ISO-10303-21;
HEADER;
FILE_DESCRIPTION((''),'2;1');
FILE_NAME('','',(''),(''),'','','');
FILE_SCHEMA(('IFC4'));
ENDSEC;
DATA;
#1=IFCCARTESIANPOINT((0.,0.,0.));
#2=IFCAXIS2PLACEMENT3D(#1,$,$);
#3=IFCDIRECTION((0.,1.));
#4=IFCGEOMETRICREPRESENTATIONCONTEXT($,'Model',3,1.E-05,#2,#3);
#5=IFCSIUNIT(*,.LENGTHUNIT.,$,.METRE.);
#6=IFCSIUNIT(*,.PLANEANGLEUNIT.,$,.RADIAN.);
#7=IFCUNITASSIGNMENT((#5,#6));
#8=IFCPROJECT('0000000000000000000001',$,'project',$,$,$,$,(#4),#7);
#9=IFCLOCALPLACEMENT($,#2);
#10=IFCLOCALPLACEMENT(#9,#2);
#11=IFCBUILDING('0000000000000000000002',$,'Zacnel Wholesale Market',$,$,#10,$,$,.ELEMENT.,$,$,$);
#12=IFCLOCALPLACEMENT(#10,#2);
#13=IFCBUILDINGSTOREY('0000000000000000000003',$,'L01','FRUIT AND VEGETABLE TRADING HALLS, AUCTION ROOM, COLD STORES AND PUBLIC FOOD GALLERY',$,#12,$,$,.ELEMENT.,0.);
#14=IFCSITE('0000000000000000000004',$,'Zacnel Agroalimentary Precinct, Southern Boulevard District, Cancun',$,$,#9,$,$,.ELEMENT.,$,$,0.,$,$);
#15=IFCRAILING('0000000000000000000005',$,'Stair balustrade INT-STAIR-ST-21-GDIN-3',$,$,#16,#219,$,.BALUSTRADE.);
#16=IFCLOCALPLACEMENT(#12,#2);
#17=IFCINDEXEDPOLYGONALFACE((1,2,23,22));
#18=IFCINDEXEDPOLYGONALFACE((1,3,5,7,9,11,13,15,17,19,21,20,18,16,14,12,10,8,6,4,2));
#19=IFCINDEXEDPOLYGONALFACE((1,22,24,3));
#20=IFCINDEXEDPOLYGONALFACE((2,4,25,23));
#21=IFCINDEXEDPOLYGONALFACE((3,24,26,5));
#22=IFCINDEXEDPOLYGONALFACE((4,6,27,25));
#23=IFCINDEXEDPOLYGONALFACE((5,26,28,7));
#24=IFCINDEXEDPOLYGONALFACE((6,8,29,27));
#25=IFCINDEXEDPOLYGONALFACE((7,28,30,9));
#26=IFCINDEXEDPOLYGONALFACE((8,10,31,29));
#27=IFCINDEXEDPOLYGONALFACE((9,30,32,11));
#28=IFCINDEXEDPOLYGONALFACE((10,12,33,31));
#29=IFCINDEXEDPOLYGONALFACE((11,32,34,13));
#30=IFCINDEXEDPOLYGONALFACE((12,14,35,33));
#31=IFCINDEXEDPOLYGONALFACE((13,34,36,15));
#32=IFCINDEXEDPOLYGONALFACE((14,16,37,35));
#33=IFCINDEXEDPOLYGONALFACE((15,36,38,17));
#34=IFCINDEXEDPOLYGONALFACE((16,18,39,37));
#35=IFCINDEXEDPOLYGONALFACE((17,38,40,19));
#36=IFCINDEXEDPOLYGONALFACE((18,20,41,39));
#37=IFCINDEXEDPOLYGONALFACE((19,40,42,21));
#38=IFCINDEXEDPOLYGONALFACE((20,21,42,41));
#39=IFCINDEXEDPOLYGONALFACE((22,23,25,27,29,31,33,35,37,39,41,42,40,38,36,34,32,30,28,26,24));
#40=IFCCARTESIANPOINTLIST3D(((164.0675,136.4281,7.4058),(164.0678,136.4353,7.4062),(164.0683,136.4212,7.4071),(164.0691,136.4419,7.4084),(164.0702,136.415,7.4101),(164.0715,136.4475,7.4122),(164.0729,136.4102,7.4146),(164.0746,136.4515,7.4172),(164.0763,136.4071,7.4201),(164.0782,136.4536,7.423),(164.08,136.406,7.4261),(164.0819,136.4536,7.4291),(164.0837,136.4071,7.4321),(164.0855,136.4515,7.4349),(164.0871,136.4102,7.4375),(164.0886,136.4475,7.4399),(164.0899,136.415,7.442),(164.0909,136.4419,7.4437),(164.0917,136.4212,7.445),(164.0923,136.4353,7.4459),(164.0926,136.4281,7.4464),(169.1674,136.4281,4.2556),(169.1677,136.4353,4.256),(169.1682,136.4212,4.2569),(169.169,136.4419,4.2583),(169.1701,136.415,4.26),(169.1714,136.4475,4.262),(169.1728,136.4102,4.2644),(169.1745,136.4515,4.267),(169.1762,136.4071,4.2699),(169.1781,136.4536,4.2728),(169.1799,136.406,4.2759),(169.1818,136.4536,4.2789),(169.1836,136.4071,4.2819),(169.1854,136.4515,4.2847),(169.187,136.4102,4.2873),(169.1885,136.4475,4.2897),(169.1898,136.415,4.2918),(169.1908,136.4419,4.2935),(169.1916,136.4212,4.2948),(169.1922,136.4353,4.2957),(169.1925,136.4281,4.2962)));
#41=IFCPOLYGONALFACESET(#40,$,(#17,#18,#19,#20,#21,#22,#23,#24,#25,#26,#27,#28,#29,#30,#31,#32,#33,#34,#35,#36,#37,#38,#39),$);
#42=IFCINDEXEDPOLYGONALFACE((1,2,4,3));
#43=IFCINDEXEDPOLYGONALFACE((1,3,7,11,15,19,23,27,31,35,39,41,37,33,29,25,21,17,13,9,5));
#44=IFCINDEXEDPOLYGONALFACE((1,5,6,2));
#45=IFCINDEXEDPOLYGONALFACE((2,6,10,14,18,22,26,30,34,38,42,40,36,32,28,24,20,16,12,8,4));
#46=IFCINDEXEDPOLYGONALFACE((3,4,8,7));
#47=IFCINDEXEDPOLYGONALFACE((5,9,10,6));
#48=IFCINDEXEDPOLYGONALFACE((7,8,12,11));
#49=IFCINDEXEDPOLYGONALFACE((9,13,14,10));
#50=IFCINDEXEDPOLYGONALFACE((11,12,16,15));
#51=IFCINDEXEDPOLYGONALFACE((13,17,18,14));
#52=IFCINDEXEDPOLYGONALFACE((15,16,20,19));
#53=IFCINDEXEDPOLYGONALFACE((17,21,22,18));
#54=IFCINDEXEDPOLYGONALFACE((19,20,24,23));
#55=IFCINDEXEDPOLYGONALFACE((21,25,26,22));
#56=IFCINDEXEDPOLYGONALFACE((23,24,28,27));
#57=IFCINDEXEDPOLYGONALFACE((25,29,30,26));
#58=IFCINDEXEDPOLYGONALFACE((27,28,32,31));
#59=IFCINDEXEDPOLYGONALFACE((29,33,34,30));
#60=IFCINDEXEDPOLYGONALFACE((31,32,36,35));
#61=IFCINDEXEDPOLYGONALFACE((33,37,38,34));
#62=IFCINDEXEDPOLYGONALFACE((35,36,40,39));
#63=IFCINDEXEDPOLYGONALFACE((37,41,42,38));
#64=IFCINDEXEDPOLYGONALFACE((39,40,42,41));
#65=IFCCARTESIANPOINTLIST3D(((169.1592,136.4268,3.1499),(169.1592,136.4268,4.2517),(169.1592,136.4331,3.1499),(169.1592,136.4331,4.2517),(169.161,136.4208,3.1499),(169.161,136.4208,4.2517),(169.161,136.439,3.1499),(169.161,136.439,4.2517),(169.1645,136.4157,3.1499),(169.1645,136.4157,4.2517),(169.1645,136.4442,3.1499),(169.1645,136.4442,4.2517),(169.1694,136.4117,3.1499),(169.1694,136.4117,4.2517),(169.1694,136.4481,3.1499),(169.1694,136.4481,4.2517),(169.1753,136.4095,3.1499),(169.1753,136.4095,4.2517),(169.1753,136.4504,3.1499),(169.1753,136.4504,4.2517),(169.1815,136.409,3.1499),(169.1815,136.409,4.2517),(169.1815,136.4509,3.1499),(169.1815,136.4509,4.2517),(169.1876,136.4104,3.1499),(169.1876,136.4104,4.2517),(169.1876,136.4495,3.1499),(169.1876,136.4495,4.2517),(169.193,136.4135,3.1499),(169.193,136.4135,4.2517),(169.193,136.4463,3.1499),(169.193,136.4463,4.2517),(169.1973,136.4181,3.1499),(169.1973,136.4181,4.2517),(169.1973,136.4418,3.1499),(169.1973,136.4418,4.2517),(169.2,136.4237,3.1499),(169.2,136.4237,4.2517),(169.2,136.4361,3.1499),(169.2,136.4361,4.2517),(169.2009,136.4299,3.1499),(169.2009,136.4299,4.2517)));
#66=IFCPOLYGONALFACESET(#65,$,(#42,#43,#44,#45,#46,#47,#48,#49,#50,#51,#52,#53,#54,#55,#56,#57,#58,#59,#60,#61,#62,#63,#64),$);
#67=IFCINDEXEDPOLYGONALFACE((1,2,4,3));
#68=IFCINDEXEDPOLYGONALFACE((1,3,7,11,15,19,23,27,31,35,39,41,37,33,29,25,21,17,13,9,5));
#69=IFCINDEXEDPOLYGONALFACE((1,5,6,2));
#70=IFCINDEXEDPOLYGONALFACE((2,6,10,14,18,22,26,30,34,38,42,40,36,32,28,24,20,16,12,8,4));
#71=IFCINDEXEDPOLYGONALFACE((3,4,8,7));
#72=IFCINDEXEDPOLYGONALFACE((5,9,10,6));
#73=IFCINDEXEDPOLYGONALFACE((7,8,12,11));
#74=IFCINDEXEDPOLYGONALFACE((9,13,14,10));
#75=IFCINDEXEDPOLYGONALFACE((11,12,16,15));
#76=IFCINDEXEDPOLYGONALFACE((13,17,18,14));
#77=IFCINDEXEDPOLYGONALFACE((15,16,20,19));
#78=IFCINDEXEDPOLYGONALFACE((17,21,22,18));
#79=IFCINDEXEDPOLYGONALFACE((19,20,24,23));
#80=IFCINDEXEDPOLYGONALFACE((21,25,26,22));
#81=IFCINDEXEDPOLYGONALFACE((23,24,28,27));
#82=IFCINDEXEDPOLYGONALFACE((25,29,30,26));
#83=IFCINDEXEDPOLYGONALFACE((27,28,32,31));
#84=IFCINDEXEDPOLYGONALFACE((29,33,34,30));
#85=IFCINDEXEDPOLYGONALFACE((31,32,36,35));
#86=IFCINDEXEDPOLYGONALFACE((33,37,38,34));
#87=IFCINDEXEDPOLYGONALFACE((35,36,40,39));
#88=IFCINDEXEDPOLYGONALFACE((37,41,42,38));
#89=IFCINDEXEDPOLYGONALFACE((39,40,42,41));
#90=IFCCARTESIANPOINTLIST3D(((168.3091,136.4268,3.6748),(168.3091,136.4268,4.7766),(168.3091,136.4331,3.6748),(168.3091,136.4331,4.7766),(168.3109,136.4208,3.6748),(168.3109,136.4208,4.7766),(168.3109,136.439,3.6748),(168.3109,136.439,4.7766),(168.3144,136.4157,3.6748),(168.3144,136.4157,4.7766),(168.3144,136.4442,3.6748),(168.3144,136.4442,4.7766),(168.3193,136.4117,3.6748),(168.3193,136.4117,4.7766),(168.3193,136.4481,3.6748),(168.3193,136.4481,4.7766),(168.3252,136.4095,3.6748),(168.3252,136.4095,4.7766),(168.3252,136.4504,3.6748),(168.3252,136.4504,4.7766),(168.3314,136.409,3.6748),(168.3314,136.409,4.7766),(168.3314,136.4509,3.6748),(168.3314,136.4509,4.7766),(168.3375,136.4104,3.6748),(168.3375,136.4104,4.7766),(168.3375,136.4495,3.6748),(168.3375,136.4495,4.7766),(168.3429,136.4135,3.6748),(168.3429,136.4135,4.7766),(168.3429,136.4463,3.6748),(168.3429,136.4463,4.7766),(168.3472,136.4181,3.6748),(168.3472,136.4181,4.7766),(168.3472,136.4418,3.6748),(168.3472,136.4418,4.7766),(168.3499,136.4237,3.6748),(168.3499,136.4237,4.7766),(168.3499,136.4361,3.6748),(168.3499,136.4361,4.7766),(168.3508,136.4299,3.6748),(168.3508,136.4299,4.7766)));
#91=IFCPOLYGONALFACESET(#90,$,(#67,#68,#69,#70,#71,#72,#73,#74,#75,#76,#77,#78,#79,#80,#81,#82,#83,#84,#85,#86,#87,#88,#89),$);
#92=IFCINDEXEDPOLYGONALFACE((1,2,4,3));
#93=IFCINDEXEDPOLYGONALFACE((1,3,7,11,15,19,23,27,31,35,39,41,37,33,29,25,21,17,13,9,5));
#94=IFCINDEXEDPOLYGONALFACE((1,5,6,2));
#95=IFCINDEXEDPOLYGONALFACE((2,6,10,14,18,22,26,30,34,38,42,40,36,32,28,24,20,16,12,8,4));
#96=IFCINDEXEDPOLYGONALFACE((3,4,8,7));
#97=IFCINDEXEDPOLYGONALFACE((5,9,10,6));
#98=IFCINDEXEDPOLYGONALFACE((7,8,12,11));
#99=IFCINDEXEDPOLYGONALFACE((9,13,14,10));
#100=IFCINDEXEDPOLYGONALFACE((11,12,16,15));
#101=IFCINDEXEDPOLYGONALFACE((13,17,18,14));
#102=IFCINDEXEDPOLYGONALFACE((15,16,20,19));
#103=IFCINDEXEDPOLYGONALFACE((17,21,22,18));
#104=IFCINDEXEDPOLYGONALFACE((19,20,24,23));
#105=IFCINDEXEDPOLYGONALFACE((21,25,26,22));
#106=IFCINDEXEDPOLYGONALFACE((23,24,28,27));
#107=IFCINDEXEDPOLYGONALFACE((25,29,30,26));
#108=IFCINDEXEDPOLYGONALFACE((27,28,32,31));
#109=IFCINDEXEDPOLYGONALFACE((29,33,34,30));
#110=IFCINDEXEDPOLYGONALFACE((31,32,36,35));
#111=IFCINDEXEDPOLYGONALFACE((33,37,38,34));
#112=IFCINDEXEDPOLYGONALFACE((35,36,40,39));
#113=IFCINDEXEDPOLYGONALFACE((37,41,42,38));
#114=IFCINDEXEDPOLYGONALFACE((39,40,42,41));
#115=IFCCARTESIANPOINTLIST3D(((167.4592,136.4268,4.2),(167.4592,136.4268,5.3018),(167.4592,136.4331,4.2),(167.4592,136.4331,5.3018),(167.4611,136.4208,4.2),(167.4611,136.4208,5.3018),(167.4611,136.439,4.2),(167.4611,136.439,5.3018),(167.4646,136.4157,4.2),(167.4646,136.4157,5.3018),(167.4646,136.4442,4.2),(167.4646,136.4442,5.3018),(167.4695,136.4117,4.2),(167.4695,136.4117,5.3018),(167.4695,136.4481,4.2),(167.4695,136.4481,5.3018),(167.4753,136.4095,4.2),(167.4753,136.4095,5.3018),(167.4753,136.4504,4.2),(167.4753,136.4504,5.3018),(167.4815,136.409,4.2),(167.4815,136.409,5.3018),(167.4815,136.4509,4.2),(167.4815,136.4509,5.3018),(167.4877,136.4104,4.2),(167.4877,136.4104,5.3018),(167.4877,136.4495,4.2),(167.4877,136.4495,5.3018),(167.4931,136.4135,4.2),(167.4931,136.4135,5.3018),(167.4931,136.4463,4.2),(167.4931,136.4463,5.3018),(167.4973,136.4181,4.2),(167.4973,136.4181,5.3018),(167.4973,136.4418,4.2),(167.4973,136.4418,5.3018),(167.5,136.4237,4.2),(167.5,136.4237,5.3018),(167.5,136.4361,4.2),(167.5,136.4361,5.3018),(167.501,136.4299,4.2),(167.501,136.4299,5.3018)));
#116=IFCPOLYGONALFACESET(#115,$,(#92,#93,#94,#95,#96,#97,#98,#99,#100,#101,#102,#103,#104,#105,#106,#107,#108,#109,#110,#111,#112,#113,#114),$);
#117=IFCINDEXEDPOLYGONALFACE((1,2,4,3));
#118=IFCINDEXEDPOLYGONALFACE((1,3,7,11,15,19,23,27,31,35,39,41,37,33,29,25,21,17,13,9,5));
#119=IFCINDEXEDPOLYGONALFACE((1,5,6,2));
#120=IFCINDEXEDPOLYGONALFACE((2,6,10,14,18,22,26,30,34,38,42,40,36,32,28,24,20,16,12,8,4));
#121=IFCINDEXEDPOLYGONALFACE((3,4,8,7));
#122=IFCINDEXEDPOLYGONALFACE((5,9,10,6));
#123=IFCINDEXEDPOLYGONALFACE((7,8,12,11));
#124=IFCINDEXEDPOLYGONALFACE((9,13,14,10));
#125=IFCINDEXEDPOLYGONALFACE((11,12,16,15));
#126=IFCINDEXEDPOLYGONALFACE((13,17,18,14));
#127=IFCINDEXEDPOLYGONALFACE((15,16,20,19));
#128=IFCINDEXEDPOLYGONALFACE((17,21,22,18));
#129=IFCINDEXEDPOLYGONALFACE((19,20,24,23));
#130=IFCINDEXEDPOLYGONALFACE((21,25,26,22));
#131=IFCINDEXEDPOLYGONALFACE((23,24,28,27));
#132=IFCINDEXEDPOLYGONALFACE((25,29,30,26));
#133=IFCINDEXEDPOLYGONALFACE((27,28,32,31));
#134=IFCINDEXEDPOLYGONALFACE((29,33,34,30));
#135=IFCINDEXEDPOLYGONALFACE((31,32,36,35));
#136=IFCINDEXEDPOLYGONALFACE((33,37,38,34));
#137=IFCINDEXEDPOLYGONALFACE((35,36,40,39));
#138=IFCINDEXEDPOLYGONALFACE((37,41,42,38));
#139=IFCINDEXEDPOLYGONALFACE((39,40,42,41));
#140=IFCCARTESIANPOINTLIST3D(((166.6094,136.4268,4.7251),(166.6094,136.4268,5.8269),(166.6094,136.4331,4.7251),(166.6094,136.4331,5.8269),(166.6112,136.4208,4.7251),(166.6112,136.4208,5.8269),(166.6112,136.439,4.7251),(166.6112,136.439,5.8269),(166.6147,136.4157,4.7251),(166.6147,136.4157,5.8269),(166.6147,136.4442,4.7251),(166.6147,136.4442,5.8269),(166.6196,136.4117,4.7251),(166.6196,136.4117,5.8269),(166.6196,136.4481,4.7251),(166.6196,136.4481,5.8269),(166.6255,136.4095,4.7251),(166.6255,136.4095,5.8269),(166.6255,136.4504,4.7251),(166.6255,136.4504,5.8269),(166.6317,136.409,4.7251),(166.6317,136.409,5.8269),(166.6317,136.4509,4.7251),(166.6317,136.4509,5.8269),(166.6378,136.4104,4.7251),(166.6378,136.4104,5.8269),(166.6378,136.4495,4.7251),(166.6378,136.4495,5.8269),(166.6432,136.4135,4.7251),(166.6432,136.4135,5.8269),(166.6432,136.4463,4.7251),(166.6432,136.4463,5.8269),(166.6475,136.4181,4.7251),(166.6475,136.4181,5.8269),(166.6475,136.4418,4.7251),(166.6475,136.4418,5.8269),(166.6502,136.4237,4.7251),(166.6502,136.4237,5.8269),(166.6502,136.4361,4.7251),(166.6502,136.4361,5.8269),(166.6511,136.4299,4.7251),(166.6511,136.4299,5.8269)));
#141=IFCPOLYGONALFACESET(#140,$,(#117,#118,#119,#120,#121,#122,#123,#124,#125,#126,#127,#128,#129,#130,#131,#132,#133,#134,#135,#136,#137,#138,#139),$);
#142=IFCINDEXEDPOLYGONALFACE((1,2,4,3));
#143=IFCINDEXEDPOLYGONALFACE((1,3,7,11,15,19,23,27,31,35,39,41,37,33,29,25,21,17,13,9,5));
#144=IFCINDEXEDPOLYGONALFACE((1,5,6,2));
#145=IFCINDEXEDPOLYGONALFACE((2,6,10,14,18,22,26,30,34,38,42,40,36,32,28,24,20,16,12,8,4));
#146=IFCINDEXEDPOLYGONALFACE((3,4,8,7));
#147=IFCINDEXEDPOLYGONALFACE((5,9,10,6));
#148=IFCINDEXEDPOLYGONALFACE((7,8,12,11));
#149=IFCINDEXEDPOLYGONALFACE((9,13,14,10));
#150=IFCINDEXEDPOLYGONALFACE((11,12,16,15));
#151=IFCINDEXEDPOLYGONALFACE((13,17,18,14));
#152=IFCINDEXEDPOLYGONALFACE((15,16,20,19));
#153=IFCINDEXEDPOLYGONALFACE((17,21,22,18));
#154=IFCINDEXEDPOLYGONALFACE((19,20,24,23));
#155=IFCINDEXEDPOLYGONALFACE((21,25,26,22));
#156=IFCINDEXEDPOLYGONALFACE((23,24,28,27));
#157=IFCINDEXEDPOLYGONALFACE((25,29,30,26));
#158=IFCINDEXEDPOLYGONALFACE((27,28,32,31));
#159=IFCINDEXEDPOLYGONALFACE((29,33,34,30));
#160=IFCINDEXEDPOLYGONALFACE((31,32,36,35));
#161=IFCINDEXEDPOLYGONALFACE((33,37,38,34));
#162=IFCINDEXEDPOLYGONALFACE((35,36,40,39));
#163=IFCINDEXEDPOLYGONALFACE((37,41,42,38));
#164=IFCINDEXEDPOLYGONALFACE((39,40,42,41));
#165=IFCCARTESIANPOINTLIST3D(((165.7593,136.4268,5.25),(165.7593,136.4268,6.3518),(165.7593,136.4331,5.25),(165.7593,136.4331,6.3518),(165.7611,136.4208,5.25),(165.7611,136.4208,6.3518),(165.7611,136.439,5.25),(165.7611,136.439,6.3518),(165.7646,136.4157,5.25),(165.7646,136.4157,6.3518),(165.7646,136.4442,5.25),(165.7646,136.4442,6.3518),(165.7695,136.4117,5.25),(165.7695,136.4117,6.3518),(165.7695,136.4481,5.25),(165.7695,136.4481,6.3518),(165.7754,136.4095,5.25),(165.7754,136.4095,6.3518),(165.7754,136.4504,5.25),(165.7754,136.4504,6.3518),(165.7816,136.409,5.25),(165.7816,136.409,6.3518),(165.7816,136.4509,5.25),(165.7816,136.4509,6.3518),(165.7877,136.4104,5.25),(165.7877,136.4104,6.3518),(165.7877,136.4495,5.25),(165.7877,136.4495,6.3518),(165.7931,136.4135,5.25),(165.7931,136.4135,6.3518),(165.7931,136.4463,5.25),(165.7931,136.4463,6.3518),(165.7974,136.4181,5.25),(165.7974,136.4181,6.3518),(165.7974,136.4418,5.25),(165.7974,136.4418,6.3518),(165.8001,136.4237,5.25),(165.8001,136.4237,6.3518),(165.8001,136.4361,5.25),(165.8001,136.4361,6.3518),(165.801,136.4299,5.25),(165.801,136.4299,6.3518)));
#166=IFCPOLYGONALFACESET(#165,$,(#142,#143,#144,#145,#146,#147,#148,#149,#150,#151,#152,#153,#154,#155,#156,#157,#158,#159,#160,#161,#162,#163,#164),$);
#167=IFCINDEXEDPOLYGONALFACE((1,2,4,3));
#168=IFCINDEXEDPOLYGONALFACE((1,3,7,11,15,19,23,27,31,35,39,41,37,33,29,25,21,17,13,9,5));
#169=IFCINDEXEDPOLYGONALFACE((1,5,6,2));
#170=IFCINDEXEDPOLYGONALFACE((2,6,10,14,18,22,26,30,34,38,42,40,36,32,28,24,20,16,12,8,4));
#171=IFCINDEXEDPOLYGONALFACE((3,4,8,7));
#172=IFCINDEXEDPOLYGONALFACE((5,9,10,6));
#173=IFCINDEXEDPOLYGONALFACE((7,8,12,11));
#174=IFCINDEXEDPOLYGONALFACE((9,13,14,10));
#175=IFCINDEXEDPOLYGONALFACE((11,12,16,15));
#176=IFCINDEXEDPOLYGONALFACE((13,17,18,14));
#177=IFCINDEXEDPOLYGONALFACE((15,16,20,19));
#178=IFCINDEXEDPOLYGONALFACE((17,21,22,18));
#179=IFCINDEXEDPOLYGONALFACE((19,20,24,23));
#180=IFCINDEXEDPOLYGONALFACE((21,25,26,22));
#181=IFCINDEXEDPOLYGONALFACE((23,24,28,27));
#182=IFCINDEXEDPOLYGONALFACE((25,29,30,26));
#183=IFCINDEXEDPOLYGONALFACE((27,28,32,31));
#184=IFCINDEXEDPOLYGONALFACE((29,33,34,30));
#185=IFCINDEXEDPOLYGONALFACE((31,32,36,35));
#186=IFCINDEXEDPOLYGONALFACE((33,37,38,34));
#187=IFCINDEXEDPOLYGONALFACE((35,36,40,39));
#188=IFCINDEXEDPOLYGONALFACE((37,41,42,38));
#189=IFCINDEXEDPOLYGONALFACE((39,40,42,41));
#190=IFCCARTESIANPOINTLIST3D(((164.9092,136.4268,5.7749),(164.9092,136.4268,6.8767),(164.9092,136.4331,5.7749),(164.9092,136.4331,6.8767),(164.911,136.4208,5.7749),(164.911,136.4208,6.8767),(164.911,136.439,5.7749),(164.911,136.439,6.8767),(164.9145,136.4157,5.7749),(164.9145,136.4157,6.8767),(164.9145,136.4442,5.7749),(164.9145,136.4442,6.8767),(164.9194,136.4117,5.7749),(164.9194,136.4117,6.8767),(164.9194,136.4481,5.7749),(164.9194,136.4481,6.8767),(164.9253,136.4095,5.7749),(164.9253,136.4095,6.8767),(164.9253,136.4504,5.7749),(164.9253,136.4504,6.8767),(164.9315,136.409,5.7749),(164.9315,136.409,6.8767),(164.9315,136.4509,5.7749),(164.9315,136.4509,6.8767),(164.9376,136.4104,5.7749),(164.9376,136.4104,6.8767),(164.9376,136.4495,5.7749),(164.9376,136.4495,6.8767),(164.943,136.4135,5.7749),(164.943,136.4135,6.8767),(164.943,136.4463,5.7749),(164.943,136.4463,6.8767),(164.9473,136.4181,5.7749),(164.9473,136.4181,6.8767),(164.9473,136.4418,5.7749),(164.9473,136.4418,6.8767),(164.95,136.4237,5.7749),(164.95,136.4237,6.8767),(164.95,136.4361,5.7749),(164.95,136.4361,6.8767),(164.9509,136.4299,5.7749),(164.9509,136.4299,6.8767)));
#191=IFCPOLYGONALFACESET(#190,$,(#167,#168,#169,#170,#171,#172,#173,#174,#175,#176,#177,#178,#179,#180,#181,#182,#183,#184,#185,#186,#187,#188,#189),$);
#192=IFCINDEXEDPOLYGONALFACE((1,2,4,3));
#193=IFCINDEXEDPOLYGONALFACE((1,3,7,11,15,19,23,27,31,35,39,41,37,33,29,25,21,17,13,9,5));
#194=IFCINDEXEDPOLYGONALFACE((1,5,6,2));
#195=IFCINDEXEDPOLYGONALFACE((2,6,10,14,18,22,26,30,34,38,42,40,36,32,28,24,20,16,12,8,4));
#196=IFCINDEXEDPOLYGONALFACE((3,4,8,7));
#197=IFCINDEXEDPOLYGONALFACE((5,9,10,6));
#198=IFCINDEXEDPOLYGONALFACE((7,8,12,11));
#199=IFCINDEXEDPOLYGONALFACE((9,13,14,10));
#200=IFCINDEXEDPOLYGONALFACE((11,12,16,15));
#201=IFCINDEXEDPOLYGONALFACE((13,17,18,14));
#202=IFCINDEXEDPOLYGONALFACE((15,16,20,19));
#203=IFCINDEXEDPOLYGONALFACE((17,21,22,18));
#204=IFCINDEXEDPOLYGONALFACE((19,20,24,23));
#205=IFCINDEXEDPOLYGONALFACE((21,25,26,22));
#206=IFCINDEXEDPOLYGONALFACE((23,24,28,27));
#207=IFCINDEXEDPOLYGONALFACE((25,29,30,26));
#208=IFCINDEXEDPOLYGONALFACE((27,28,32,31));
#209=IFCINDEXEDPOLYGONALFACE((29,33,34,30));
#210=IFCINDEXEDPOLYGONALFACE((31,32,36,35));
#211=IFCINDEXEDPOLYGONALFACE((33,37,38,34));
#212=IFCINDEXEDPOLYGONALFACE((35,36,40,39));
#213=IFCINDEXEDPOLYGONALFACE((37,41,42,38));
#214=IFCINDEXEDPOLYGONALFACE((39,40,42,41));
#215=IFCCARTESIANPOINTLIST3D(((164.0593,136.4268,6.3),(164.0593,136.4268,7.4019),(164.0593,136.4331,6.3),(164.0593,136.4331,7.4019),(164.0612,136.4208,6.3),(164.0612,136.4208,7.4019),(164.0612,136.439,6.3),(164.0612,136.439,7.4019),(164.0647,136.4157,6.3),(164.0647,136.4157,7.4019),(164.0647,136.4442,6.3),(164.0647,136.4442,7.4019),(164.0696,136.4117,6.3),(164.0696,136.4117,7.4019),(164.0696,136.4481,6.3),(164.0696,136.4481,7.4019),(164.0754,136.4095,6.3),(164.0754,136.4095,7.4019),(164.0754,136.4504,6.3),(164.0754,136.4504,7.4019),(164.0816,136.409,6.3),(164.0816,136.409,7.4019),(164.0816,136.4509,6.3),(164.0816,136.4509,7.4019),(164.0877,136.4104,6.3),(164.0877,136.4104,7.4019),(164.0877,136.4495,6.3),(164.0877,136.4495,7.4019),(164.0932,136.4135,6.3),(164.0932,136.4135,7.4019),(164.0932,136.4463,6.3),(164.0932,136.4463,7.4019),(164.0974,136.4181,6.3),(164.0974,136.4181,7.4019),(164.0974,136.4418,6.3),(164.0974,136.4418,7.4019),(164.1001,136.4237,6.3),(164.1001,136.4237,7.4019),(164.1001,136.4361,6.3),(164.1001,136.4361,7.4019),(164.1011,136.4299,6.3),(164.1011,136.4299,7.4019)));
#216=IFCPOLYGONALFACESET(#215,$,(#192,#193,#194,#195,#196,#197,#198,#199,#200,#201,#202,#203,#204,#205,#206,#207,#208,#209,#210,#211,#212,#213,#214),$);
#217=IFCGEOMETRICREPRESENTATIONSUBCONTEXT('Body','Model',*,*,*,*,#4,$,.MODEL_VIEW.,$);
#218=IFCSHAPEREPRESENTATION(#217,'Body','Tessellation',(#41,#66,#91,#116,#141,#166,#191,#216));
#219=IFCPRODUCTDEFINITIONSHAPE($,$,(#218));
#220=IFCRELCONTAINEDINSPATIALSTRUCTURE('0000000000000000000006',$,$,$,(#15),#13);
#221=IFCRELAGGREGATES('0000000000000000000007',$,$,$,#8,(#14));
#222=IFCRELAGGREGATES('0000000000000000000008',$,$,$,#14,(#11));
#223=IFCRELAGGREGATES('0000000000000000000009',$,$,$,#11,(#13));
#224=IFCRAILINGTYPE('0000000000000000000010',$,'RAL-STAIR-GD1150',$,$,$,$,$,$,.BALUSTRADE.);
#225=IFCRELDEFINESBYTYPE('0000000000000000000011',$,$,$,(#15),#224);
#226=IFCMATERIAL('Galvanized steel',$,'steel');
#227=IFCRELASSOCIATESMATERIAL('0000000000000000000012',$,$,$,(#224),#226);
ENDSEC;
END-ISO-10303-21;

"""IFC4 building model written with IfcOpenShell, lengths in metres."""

from ifc_helpers import new_model, si_unit, direction, frame, origin, origin_2d, place, context, subcontext, project, spatial, circle, extrude, material, type_object, element, save


model = new_model("IFC4")

# Units and contexts
model_context = context("Model", 3, precision=1e-05, world=origin(), true_north=direction((0.0, 1.0)))
body_context = subcontext(model_context, "Body", "Model", "MODEL_VIEW")
ifc_project = project(units=[si_unit("LENGTHUNIT", "METRE"), si_unit("PLANEANGLEUNIT", "RADIAN")], contexts=[model_context])

# Site, building, storey
site_placement = place(None, origin())
site = spatial("IfcSite", under=ifc_project, at=site_placement, Name="Zacnel Agroalimentary Precinct, Southern Boulevard District, Cancun", CompositionType="ELEMENT", RefElevation=0.0)
building_placement = place(site_placement, origin())
building = spatial("IfcBuilding", under=site, at=building_placement, Name="Zacnel Wholesale Market", CompositionType="ELEMENT")
storey_placement = place(building_placement, origin())
storey = spatial("IfcBuildingStorey", under=building, at=storey_placement, Name="L01", Description="FRUIT AND VEGETABLE TRADING HALLS, AUCTION ROOM, COLD STORES AND PUBLIC FOOD GALLERY", CompositionType="ELEMENT", Elevation=0.0)

# Railing
ifc_material_1 = material(Name="Galvanized steel", Category="steel")
railing_type_1 = type_object("IfcRailingType", Name="RAL-STAIR-GD1150", PredefinedType="BALUSTRADE", material=ifc_material_1)
railing_1_placement = place(storey_placement, frame((169.1799, 136.4299, 3.1499)))
element("IfcRailing", 1, at=railing_1_placement, inside=storey, type_object=railing_type_1, Name="Stair balustrade INT-STAIR-ST-21-GDIN-3", PredefinedType="BALUSTRADE", context=body_context, shape_type="SweptSolid", body=[
    extrude(circle(Radius=0.0239, at=origin_2d()), frame((0.0, 0.0, 1.126), z_axis=(-0.85078, 0.0, 0.525521), x_axis=(0.0, -1.0, 0.0)), (0.0, 0.0, 1.0), 5.9944),
    extrude(circle(Radius=0.021, at=origin_2d()), origin(), (0.0, 0.0, 1.0), 1.1018),
    extrude(circle(Radius=0.021, at=origin_2d()), frame((-0.8501, 0.0, 0.5249)), (0.0, 0.0, 1.0), 1.1018),
    extrude(circle(Radius=0.021, at=origin_2d()), frame((-1.7, 0.0, 1.05)), (0.0, 0.0, 1.0), 1.1018),
    extrude(circle(Radius=0.021, at=origin_2d()), frame((-2.5498, 0.0, 1.5752)), (0.0, 0.0, 1.0), 1.1018),
    extrude(circle(Radius=0.021, at=origin_2d()), frame((-3.3999, 0.0, 2.1001)), (0.0, 0.0, 1.0), 1.1018),
    extrude(circle(Radius=0.021, at=origin_2d()), frame((-4.25, 0.0, 2.625)), (0.0, 0.0, 1.0), 1.1018),
    extrude(circle(Radius=0.021, at=origin_2d()), frame((-5.0999, 0.0, 3.1501)), (0.0, 0.0, 1.0), 1.1018),
])

save(model, "model.ifc")
